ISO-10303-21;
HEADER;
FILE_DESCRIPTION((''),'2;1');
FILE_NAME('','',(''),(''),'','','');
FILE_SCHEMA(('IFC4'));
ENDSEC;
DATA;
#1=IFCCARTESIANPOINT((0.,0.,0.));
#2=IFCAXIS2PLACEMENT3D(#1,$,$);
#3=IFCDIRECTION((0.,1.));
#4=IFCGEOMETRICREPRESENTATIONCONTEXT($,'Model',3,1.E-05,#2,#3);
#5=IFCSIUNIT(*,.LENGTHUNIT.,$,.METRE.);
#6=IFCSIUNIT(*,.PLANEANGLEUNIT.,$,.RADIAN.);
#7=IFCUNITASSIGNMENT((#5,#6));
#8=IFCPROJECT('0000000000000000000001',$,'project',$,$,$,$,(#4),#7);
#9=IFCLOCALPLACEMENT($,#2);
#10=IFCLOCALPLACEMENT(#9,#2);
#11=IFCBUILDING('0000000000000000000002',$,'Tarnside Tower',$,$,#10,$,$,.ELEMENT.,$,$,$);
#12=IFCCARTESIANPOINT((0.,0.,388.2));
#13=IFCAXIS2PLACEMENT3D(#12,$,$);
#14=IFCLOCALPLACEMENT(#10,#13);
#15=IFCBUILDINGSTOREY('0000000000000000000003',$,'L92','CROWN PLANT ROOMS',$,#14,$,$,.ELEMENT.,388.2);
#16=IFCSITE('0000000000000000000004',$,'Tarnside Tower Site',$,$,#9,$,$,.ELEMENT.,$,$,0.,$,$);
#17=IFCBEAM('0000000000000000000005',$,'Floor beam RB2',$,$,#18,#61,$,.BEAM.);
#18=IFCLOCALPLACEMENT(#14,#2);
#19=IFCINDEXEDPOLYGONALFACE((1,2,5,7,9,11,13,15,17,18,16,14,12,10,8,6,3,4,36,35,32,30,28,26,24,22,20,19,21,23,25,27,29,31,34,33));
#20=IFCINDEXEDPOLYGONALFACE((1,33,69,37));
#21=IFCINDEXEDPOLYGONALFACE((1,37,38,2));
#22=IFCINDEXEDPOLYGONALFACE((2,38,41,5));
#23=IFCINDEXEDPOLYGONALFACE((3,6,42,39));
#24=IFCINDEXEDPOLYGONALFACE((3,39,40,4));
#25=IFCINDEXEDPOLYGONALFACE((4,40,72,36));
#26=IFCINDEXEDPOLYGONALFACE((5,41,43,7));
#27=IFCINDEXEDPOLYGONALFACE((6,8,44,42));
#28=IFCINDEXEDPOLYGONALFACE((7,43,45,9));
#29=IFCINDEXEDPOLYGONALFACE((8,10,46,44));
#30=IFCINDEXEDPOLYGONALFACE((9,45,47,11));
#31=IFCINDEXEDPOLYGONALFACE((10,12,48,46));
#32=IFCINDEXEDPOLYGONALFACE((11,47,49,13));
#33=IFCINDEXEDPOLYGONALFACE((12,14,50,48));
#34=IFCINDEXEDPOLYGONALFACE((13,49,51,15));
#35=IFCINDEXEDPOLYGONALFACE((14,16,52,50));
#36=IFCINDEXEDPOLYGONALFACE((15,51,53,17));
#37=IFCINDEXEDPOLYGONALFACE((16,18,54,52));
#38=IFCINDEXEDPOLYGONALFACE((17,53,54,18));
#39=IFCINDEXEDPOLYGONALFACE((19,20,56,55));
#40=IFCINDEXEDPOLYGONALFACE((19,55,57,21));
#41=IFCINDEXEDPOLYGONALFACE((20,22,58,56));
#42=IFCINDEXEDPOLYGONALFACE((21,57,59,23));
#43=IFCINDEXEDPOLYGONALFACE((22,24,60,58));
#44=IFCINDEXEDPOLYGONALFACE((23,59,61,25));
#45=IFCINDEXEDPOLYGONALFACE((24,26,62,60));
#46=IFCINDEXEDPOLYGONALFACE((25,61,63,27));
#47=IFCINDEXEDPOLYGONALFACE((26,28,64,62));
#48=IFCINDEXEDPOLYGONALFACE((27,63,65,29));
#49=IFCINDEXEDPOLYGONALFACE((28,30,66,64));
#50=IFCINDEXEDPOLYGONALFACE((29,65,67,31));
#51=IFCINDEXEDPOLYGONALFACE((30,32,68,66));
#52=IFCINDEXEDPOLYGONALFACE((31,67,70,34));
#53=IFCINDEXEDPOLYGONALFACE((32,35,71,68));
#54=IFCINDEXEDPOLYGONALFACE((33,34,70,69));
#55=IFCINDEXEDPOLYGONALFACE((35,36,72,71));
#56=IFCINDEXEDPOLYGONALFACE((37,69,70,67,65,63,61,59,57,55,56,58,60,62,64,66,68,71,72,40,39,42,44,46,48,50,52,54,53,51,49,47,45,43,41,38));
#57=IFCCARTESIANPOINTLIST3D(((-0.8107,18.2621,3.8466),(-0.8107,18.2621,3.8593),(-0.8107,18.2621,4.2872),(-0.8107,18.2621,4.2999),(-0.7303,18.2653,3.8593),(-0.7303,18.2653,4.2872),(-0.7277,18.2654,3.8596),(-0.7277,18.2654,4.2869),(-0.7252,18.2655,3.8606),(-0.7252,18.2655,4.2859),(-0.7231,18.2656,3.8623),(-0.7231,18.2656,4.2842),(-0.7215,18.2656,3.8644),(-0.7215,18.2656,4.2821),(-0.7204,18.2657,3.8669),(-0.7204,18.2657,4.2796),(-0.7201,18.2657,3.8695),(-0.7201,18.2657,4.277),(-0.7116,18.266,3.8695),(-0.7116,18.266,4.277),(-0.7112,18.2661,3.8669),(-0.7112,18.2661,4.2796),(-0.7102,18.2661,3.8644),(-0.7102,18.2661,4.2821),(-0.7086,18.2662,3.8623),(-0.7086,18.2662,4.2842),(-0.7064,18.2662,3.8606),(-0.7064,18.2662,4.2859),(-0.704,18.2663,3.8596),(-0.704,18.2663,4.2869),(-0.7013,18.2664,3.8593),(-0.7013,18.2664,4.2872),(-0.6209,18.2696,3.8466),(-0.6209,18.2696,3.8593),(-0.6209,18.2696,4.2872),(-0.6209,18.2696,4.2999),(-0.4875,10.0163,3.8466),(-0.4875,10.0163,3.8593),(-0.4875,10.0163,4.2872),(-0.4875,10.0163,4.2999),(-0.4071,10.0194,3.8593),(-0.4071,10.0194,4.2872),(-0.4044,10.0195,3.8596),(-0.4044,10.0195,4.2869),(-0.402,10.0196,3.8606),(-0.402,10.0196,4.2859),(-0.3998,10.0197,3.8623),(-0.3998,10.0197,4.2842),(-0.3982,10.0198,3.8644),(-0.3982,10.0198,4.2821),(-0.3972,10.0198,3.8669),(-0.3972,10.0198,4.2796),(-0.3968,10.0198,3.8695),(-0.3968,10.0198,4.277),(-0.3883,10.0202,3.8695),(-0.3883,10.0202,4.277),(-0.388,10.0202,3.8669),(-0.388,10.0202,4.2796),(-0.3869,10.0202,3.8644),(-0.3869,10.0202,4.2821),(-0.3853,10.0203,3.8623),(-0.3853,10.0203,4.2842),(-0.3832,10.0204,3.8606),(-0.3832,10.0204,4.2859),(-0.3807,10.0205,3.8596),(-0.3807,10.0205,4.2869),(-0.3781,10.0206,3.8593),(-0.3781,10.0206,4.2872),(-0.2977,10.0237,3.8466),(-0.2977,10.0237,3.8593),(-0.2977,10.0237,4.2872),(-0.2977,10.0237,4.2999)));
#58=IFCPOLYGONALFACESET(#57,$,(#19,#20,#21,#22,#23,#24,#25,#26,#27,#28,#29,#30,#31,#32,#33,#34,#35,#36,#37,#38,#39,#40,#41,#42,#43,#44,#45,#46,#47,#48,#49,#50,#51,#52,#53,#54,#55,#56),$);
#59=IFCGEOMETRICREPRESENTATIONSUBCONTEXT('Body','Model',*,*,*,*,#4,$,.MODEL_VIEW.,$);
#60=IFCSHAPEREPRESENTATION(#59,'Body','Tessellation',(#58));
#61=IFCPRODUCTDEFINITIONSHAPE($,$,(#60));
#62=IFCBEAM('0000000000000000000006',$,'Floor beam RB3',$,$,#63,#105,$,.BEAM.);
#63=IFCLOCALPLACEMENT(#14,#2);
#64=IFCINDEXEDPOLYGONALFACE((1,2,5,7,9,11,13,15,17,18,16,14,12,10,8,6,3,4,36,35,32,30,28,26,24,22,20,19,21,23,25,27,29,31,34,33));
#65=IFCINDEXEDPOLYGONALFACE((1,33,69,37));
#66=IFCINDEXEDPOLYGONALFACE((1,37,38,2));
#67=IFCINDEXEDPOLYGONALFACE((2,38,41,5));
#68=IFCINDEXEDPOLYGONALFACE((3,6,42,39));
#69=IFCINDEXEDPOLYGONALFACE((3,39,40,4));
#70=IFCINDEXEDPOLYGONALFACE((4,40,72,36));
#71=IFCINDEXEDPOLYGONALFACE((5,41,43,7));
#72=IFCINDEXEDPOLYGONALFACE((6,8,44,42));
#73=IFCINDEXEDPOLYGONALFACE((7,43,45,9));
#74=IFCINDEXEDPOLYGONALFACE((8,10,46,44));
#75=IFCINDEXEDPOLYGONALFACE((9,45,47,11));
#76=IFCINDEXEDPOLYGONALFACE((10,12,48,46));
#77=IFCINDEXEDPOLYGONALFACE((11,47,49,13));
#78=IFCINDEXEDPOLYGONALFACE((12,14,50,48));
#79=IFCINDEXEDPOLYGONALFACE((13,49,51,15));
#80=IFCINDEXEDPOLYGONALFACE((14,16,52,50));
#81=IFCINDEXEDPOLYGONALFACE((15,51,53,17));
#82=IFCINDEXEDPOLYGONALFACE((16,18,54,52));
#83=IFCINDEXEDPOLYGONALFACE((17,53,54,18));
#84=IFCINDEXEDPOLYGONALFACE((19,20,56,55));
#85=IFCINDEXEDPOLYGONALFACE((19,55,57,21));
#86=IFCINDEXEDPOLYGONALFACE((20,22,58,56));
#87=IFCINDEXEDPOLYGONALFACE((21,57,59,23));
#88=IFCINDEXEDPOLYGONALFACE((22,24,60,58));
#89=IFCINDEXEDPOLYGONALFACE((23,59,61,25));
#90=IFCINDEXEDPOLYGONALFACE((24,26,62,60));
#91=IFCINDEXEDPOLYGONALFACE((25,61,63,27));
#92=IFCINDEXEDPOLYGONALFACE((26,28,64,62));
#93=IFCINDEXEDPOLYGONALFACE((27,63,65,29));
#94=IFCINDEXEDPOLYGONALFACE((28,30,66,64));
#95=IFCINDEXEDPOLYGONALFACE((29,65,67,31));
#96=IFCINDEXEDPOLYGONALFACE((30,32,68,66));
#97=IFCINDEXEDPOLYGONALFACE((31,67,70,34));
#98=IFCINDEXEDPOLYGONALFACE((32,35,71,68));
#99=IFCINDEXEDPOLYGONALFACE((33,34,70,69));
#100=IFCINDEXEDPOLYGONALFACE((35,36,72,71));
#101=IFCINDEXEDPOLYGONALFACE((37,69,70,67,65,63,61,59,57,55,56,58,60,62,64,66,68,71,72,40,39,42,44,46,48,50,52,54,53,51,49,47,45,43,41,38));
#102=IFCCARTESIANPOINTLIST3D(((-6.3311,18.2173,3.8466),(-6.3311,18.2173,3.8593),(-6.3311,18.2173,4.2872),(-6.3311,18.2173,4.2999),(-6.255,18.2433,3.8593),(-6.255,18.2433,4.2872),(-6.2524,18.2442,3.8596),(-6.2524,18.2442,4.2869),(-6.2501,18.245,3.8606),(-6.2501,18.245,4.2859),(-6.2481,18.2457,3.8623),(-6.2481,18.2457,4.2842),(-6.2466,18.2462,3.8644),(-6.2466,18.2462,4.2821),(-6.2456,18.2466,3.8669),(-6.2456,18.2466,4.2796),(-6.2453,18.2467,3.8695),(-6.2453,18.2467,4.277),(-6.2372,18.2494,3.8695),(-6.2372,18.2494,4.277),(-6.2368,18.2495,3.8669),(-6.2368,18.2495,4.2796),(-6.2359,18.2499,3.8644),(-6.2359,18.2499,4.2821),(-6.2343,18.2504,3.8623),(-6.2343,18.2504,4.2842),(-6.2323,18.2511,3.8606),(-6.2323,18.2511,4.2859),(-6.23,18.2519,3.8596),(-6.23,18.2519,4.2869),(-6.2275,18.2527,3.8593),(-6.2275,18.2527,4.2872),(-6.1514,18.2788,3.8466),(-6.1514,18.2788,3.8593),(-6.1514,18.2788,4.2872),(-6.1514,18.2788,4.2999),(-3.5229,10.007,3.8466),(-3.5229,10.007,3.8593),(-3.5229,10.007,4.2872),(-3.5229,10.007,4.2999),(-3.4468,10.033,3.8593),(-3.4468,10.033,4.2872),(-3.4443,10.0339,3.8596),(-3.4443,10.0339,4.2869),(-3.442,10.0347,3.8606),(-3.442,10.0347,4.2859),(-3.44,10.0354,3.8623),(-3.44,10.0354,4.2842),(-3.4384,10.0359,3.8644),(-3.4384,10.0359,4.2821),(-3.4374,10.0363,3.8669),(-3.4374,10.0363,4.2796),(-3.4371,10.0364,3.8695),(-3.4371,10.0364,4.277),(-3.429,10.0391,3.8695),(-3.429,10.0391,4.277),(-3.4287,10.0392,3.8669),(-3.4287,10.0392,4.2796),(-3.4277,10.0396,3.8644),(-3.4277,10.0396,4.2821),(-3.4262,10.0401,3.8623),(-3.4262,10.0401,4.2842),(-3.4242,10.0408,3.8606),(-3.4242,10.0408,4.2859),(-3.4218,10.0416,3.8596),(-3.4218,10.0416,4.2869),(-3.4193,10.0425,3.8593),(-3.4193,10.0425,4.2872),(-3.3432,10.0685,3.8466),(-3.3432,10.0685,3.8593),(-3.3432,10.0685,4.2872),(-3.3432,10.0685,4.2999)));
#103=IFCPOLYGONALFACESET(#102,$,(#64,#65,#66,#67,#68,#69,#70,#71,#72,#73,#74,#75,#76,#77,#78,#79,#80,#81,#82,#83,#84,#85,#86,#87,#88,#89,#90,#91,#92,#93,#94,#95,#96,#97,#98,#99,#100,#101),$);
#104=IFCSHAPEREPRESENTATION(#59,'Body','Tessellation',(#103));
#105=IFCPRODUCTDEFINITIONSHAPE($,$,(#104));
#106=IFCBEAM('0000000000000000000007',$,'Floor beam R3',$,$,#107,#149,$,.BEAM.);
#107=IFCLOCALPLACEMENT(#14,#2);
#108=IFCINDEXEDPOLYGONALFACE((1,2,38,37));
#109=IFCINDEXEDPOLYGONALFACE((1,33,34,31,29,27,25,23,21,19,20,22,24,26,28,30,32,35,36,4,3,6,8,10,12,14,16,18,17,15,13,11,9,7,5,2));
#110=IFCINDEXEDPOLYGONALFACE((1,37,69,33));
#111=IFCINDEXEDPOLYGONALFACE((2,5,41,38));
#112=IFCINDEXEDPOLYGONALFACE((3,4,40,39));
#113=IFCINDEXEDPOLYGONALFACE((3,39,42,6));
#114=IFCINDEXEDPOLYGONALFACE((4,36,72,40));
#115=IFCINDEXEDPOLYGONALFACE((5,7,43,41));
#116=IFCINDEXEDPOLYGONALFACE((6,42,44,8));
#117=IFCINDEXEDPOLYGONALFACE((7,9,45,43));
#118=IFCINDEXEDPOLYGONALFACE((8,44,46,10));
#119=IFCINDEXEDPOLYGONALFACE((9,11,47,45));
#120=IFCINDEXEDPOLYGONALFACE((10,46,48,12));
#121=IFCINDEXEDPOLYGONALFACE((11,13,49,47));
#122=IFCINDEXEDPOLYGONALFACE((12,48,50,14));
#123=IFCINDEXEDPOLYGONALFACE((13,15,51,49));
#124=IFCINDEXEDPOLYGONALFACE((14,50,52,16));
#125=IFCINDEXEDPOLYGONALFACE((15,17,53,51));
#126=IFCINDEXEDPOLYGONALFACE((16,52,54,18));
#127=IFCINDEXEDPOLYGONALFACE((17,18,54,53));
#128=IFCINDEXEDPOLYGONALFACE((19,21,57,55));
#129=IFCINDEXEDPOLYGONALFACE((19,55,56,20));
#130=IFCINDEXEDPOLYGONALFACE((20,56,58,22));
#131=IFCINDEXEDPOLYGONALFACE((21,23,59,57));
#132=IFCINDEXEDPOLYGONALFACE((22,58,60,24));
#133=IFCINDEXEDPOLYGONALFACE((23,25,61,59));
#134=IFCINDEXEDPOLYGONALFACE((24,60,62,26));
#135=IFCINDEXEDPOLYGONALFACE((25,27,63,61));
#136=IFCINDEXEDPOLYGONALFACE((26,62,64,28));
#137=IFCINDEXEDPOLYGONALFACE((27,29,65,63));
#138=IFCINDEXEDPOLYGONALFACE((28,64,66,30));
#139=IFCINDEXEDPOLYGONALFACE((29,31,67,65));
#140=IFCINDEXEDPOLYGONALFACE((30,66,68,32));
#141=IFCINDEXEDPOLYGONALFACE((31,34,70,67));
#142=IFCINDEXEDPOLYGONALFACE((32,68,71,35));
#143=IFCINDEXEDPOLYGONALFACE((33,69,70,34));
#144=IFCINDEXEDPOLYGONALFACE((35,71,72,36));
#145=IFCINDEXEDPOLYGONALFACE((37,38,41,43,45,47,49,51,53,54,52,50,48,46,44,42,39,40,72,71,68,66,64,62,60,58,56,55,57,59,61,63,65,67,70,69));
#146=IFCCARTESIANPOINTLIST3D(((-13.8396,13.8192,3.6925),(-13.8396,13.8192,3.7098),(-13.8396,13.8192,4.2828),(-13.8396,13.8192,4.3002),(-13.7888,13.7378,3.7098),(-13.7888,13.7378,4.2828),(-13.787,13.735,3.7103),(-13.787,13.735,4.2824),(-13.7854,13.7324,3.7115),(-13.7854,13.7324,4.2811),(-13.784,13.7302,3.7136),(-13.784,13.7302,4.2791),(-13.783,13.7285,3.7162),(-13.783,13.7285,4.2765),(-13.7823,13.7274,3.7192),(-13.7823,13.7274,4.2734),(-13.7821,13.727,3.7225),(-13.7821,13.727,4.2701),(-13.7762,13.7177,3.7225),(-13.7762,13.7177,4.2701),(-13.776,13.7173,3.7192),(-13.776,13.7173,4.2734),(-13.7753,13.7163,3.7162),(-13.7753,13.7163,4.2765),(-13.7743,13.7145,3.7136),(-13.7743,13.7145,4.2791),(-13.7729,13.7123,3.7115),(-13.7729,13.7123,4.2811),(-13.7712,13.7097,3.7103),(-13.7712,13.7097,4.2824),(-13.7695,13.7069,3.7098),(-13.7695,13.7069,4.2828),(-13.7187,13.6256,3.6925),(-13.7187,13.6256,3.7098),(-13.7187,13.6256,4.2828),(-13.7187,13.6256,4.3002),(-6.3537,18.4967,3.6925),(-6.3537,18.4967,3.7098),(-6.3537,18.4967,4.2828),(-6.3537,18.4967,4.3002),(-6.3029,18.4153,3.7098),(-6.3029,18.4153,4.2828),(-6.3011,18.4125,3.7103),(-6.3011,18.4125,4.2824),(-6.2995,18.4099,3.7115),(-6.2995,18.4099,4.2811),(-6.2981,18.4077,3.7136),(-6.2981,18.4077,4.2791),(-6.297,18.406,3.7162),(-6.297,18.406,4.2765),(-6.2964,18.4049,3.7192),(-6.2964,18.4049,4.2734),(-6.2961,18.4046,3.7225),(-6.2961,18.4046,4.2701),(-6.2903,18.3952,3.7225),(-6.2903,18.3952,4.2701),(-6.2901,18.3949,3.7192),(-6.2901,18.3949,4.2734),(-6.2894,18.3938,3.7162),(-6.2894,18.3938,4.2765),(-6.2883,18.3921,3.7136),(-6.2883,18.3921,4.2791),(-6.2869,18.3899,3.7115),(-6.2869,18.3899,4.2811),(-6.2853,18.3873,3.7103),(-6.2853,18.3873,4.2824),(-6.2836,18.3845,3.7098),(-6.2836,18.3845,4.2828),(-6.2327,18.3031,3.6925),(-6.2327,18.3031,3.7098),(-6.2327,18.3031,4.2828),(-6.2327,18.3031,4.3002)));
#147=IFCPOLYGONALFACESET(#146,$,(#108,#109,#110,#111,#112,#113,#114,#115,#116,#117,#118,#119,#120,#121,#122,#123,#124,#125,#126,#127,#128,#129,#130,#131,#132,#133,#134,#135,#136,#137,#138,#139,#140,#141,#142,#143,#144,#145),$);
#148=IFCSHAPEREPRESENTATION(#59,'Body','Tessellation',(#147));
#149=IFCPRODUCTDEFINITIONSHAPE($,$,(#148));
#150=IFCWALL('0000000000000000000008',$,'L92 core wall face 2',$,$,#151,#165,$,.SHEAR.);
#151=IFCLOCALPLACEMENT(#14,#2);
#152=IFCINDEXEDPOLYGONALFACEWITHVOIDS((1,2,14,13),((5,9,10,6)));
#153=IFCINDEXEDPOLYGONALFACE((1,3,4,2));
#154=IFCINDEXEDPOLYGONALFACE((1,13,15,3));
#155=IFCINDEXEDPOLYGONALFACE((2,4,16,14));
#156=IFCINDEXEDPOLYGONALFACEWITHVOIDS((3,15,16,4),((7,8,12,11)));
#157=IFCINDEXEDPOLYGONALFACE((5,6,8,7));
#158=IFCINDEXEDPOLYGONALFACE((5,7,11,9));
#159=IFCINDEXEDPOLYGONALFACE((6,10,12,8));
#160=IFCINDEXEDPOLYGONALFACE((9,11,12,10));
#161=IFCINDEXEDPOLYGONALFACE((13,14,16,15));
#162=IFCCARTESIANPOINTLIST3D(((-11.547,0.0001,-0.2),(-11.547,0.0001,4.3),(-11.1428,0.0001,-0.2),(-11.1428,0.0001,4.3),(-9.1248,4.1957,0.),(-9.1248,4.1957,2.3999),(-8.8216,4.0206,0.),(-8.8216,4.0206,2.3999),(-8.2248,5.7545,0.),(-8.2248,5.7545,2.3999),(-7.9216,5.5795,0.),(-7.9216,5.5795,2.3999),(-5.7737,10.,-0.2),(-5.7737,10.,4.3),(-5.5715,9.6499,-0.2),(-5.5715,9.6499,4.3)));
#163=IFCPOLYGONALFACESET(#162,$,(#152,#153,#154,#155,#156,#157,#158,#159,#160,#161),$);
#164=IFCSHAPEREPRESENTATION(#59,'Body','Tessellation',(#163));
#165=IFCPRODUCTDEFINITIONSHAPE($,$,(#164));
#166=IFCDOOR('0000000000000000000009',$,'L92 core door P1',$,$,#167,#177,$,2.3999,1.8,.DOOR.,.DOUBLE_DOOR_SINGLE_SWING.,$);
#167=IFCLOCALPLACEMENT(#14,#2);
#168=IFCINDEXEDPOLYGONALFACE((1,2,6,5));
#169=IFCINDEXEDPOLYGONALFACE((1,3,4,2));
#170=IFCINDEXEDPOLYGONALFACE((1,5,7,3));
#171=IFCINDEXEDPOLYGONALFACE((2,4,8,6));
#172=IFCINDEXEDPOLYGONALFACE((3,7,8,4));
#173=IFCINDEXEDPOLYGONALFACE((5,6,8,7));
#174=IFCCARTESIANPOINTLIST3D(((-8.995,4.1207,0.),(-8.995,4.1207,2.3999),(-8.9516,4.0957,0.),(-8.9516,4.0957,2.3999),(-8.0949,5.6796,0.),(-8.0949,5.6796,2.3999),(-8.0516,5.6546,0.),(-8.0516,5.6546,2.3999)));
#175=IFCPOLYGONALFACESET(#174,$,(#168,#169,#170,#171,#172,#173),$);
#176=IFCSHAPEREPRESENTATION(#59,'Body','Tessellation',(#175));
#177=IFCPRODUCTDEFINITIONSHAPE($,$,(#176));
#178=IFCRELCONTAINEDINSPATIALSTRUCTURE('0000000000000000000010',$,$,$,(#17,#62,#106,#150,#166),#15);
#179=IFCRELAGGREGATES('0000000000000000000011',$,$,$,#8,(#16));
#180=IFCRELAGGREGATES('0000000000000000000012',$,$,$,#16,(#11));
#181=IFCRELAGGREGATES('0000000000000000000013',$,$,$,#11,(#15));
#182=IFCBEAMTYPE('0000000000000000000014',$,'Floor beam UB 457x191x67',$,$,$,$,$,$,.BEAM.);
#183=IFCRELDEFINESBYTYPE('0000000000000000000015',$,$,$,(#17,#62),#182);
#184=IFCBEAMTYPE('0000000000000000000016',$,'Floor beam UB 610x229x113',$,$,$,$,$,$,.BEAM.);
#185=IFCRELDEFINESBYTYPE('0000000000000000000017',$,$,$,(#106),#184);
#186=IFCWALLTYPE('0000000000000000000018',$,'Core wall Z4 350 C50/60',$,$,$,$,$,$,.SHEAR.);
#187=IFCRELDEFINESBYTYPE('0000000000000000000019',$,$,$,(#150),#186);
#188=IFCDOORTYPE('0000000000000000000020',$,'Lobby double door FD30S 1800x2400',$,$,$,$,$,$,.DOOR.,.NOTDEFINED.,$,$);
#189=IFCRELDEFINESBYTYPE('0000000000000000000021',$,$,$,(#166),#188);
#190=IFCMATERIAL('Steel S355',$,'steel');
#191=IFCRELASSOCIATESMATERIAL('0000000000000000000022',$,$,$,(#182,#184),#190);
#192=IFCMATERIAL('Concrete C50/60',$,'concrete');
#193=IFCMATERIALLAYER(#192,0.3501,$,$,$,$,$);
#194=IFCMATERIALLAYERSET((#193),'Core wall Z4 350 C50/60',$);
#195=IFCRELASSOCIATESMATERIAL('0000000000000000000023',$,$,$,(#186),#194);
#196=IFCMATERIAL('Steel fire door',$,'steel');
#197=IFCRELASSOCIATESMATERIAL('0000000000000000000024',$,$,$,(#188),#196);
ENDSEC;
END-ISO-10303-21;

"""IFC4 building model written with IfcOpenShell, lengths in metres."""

from ifc_helpers import new_model, si_unit, direction, frame, frame_2d, origin, origin_2d, place, context, subcontext, project, spatial, polyline, rectangle, i_section, outline, extrude, material, layer, layer_set, material_profile, profile_set, type_object, element, fill, save


model = new_model("IFC4")

# Units and contexts
model_context = context("Model", 3, precision=1e-05, world=origin(), true_north=direction((0.0, 1.0)))
body_context = subcontext(model_context, "Body", "Model", "MODEL_VIEW")
ifc_project = project(units=[si_unit("LENGTHUNIT", "METRE"), si_unit("PLANEANGLEUNIT", "RADIAN")], contexts=[model_context])

# Site, building, storey
site_placement = place(None, origin())
site = spatial("IfcSite", under=ifc_project, at=site_placement, Name="Tarnside Tower Site", CompositionType="ELEMENT", RefElevation=0.0)
building_placement = place(site_placement, origin())
building = spatial("IfcBuilding", under=site, at=building_placement, Name="Tarnside Tower", CompositionType="ELEMENT")
storey_placement = place(building_placement, frame((0.0, 0.0, 388.2)))
storey = spatial("IfcBuildingStorey", under=building, at=storey_placement, Name="L92", Description="CROWN PLANT ROOMS", CompositionType="ELEMENT", Elevation=388.2)

# Beams
ifc_material_1 = material(Name="Steel S355", Category="steel")
ifc_material_profile_1 = material_profile(ifc_material_1, i_section(OverallWidth=0.1899, OverallDepth=0.4534, WebThickness=0.0085, FlangeThickness=0.0127, FilletRadius=0.0103, at=origin_2d()), Name="UB 457x191x67")
ifc_profile_set_1 = profile_set([ifc_material_profile_1], Name="Steel S355")
beam_type_1 = type_object("IfcBeamType", Name="Floor beam UB 457x191x67", PredefinedType="BEAM", material=ifc_profile_set_1)
beam_1_placement = place(storey_placement, frame((-0.7158, 18.2659, 4.0732), z_axis=(0.039171, -0.999233, 0.0), x_axis=(0.999233, 0.039171, 0.0)))
element("IfcBeam", 1, at=beam_1_placement, inside=storey, type_object=beam_type_1, Name="Floor beam RB2", PredefinedType="BEAM", context=body_context, shape_type="SweptSolid", body=[
    extrude(i_section(OverallWidth=0.1899, OverallDepth=0.4534, WebThickness=0.0085, FlangeThickness=0.0127, FilletRadius=0.0103, at=origin_2d()), origin(), (0.0, 0.0, 1.0), 8.2522),
])
beam_2_placement = place(storey_placement, frame((-6.2412, 18.248, 4.0732), z_axis=(0.323621, -0.946187, 0.0), x_axis=(0.946187, 0.323621, 0.0)))
element("IfcBeam", 2, at=beam_2_placement, inside=storey, type_object=beam_type_1, Name="Floor beam RB3", PredefinedType="BEAM", context=body_context, shape_type="SweptSolid", body=[
    extrude(i_section(OverallWidth=0.1899, OverallDepth=0.4534, WebThickness=0.0085, FlangeThickness=0.0127, FilletRadius=0.0103, at=origin_2d()), origin(), (0.0, 0.0, 1.0), 8.6772),
])
ifc_material_profile_2 = material_profile(ifc_material_1, i_section(OverallWidth=0.2283, OverallDepth=0.6077, WebThickness=0.011, FlangeThickness=0.0173, FilletRadius=0.0127, at=origin_2d()), Name="UB 610x229x113")
ifc_profile_set_2 = profile_set([ifc_material_profile_2], Name="Steel S355")
beam_type_2 = type_object("IfcBeamType", Name="Floor beam UB 610x229x113", PredefinedType="BEAM", material=ifc_profile_set_2)
beam_3_placement = place(storey_placement, frame((-6.2932, 18.3999, 3.9963), z_axis=(-0.848057, -0.529904, 0.0), x_axis=(0.529904, -0.848057, 0.0)))
element("IfcBeam", 3, at=beam_3_placement, inside=storey, type_object=beam_type_2, Name="Floor beam R3", PredefinedType="BEAM", context=body_context, shape_type="SweptSolid", body=[
    extrude(i_section(OverallWidth=0.2283, OverallDepth=0.6077, WebThickness=0.011, FlangeThickness=0.0173, FilletRadius=0.0127, at=origin_2d()), origin(), (0.0, 0.0, 1.0), 8.8271),
])

# Wall, opening, door
ifc_material_2 = material(Name="Concrete C50/60", Category="concrete")
ifc_layer_1 = layer(ifc_material_2, 0.3501)
ifc_layer_set_1 = layer_set([ifc_layer_1], Name="Core wall Z4 350 C50/60")
wall_type_1 = type_object("IfcWallType", Name="Core wall Z4 350 C50/60", PredefinedType="SHEAR", material=ifc_layer_set_1)
wall_1_placement = place(storey_placement, frame((-5.6726, 9.825, -0.2), z_axis=(0.0, 0.0, 1.0), x_axis=(-0.499995, -0.866028, 0.0)))
wall_1 = element("IfcWall", 4, at=wall_1_placement, inside=storey, type_object=wall_type_1, Name="L92 core wall face 2", PredefinedType="SHEAR", context=body_context, shape_type="SweptSolid", body=[
    extrude(outline(polyline([(-0.1011, -0.175), (11.4458, -0.175), (11.2437, 0.175), (0.1011, 0.175), (-0.1011, -0.175)])), origin(), (0.0, 0.0, 1.0), 4.5),
])
opening_1_placement = place(wall_1_placement, frame((4.8013, 0.0, 0.2)))
opening_1 = element("IfcOpeningElement", 5, at=opening_1_placement, cuts=wall_1, PredefinedType="OPENING", context=body_context, shape_type="SweptSolid", body=[
    extrude(rectangle(XDim=1.8, YDim=2.3999, at=frame_2d((0.8999, 1.2))), frame((0.0, 0.1851, 0.0), z_axis=(0.0, -1.0, 0.0), x_axis=(1.0, 0.0, 0.0)), (0.0, 0.0, 1.0), 0.3701),
])
ifc_material_3 = material(Name="Steel fire door", Category="steel")
door_type_1 = type_object("IfcDoorType", Name="Lobby double door FD30S 1800x2400", OperationType="NOTDEFINED", PredefinedType="DOOR", material=ifc_material_3)
door_1_placement = place(opening_1_placement, origin())
door_1 = element("IfcDoor", 6, at=door_1_placement, inside=storey, type_object=door_type_1, Name="L92 core door P1", OperationType="DOUBLE_DOOR_SINGLE_SWING", OverallHeight=2.3999, OverallWidth=1.8, PredefinedType="DOOR", context=body_context, shape_type="SweptSolid", body=[
    extrude(rectangle(XDim=1.8, YDim=2.3999, at=frame_2d((0.8999, 1.2))), frame((0.0, 0.0249, 0.0), z_axis=(0.0, -1.0, 0.0), x_axis=(1.0, 0.0, 0.0)), (0.0, 0.0, 1.0), 0.05),
])
fill(opening_1, door_1)

save(model, "model.ifc")
